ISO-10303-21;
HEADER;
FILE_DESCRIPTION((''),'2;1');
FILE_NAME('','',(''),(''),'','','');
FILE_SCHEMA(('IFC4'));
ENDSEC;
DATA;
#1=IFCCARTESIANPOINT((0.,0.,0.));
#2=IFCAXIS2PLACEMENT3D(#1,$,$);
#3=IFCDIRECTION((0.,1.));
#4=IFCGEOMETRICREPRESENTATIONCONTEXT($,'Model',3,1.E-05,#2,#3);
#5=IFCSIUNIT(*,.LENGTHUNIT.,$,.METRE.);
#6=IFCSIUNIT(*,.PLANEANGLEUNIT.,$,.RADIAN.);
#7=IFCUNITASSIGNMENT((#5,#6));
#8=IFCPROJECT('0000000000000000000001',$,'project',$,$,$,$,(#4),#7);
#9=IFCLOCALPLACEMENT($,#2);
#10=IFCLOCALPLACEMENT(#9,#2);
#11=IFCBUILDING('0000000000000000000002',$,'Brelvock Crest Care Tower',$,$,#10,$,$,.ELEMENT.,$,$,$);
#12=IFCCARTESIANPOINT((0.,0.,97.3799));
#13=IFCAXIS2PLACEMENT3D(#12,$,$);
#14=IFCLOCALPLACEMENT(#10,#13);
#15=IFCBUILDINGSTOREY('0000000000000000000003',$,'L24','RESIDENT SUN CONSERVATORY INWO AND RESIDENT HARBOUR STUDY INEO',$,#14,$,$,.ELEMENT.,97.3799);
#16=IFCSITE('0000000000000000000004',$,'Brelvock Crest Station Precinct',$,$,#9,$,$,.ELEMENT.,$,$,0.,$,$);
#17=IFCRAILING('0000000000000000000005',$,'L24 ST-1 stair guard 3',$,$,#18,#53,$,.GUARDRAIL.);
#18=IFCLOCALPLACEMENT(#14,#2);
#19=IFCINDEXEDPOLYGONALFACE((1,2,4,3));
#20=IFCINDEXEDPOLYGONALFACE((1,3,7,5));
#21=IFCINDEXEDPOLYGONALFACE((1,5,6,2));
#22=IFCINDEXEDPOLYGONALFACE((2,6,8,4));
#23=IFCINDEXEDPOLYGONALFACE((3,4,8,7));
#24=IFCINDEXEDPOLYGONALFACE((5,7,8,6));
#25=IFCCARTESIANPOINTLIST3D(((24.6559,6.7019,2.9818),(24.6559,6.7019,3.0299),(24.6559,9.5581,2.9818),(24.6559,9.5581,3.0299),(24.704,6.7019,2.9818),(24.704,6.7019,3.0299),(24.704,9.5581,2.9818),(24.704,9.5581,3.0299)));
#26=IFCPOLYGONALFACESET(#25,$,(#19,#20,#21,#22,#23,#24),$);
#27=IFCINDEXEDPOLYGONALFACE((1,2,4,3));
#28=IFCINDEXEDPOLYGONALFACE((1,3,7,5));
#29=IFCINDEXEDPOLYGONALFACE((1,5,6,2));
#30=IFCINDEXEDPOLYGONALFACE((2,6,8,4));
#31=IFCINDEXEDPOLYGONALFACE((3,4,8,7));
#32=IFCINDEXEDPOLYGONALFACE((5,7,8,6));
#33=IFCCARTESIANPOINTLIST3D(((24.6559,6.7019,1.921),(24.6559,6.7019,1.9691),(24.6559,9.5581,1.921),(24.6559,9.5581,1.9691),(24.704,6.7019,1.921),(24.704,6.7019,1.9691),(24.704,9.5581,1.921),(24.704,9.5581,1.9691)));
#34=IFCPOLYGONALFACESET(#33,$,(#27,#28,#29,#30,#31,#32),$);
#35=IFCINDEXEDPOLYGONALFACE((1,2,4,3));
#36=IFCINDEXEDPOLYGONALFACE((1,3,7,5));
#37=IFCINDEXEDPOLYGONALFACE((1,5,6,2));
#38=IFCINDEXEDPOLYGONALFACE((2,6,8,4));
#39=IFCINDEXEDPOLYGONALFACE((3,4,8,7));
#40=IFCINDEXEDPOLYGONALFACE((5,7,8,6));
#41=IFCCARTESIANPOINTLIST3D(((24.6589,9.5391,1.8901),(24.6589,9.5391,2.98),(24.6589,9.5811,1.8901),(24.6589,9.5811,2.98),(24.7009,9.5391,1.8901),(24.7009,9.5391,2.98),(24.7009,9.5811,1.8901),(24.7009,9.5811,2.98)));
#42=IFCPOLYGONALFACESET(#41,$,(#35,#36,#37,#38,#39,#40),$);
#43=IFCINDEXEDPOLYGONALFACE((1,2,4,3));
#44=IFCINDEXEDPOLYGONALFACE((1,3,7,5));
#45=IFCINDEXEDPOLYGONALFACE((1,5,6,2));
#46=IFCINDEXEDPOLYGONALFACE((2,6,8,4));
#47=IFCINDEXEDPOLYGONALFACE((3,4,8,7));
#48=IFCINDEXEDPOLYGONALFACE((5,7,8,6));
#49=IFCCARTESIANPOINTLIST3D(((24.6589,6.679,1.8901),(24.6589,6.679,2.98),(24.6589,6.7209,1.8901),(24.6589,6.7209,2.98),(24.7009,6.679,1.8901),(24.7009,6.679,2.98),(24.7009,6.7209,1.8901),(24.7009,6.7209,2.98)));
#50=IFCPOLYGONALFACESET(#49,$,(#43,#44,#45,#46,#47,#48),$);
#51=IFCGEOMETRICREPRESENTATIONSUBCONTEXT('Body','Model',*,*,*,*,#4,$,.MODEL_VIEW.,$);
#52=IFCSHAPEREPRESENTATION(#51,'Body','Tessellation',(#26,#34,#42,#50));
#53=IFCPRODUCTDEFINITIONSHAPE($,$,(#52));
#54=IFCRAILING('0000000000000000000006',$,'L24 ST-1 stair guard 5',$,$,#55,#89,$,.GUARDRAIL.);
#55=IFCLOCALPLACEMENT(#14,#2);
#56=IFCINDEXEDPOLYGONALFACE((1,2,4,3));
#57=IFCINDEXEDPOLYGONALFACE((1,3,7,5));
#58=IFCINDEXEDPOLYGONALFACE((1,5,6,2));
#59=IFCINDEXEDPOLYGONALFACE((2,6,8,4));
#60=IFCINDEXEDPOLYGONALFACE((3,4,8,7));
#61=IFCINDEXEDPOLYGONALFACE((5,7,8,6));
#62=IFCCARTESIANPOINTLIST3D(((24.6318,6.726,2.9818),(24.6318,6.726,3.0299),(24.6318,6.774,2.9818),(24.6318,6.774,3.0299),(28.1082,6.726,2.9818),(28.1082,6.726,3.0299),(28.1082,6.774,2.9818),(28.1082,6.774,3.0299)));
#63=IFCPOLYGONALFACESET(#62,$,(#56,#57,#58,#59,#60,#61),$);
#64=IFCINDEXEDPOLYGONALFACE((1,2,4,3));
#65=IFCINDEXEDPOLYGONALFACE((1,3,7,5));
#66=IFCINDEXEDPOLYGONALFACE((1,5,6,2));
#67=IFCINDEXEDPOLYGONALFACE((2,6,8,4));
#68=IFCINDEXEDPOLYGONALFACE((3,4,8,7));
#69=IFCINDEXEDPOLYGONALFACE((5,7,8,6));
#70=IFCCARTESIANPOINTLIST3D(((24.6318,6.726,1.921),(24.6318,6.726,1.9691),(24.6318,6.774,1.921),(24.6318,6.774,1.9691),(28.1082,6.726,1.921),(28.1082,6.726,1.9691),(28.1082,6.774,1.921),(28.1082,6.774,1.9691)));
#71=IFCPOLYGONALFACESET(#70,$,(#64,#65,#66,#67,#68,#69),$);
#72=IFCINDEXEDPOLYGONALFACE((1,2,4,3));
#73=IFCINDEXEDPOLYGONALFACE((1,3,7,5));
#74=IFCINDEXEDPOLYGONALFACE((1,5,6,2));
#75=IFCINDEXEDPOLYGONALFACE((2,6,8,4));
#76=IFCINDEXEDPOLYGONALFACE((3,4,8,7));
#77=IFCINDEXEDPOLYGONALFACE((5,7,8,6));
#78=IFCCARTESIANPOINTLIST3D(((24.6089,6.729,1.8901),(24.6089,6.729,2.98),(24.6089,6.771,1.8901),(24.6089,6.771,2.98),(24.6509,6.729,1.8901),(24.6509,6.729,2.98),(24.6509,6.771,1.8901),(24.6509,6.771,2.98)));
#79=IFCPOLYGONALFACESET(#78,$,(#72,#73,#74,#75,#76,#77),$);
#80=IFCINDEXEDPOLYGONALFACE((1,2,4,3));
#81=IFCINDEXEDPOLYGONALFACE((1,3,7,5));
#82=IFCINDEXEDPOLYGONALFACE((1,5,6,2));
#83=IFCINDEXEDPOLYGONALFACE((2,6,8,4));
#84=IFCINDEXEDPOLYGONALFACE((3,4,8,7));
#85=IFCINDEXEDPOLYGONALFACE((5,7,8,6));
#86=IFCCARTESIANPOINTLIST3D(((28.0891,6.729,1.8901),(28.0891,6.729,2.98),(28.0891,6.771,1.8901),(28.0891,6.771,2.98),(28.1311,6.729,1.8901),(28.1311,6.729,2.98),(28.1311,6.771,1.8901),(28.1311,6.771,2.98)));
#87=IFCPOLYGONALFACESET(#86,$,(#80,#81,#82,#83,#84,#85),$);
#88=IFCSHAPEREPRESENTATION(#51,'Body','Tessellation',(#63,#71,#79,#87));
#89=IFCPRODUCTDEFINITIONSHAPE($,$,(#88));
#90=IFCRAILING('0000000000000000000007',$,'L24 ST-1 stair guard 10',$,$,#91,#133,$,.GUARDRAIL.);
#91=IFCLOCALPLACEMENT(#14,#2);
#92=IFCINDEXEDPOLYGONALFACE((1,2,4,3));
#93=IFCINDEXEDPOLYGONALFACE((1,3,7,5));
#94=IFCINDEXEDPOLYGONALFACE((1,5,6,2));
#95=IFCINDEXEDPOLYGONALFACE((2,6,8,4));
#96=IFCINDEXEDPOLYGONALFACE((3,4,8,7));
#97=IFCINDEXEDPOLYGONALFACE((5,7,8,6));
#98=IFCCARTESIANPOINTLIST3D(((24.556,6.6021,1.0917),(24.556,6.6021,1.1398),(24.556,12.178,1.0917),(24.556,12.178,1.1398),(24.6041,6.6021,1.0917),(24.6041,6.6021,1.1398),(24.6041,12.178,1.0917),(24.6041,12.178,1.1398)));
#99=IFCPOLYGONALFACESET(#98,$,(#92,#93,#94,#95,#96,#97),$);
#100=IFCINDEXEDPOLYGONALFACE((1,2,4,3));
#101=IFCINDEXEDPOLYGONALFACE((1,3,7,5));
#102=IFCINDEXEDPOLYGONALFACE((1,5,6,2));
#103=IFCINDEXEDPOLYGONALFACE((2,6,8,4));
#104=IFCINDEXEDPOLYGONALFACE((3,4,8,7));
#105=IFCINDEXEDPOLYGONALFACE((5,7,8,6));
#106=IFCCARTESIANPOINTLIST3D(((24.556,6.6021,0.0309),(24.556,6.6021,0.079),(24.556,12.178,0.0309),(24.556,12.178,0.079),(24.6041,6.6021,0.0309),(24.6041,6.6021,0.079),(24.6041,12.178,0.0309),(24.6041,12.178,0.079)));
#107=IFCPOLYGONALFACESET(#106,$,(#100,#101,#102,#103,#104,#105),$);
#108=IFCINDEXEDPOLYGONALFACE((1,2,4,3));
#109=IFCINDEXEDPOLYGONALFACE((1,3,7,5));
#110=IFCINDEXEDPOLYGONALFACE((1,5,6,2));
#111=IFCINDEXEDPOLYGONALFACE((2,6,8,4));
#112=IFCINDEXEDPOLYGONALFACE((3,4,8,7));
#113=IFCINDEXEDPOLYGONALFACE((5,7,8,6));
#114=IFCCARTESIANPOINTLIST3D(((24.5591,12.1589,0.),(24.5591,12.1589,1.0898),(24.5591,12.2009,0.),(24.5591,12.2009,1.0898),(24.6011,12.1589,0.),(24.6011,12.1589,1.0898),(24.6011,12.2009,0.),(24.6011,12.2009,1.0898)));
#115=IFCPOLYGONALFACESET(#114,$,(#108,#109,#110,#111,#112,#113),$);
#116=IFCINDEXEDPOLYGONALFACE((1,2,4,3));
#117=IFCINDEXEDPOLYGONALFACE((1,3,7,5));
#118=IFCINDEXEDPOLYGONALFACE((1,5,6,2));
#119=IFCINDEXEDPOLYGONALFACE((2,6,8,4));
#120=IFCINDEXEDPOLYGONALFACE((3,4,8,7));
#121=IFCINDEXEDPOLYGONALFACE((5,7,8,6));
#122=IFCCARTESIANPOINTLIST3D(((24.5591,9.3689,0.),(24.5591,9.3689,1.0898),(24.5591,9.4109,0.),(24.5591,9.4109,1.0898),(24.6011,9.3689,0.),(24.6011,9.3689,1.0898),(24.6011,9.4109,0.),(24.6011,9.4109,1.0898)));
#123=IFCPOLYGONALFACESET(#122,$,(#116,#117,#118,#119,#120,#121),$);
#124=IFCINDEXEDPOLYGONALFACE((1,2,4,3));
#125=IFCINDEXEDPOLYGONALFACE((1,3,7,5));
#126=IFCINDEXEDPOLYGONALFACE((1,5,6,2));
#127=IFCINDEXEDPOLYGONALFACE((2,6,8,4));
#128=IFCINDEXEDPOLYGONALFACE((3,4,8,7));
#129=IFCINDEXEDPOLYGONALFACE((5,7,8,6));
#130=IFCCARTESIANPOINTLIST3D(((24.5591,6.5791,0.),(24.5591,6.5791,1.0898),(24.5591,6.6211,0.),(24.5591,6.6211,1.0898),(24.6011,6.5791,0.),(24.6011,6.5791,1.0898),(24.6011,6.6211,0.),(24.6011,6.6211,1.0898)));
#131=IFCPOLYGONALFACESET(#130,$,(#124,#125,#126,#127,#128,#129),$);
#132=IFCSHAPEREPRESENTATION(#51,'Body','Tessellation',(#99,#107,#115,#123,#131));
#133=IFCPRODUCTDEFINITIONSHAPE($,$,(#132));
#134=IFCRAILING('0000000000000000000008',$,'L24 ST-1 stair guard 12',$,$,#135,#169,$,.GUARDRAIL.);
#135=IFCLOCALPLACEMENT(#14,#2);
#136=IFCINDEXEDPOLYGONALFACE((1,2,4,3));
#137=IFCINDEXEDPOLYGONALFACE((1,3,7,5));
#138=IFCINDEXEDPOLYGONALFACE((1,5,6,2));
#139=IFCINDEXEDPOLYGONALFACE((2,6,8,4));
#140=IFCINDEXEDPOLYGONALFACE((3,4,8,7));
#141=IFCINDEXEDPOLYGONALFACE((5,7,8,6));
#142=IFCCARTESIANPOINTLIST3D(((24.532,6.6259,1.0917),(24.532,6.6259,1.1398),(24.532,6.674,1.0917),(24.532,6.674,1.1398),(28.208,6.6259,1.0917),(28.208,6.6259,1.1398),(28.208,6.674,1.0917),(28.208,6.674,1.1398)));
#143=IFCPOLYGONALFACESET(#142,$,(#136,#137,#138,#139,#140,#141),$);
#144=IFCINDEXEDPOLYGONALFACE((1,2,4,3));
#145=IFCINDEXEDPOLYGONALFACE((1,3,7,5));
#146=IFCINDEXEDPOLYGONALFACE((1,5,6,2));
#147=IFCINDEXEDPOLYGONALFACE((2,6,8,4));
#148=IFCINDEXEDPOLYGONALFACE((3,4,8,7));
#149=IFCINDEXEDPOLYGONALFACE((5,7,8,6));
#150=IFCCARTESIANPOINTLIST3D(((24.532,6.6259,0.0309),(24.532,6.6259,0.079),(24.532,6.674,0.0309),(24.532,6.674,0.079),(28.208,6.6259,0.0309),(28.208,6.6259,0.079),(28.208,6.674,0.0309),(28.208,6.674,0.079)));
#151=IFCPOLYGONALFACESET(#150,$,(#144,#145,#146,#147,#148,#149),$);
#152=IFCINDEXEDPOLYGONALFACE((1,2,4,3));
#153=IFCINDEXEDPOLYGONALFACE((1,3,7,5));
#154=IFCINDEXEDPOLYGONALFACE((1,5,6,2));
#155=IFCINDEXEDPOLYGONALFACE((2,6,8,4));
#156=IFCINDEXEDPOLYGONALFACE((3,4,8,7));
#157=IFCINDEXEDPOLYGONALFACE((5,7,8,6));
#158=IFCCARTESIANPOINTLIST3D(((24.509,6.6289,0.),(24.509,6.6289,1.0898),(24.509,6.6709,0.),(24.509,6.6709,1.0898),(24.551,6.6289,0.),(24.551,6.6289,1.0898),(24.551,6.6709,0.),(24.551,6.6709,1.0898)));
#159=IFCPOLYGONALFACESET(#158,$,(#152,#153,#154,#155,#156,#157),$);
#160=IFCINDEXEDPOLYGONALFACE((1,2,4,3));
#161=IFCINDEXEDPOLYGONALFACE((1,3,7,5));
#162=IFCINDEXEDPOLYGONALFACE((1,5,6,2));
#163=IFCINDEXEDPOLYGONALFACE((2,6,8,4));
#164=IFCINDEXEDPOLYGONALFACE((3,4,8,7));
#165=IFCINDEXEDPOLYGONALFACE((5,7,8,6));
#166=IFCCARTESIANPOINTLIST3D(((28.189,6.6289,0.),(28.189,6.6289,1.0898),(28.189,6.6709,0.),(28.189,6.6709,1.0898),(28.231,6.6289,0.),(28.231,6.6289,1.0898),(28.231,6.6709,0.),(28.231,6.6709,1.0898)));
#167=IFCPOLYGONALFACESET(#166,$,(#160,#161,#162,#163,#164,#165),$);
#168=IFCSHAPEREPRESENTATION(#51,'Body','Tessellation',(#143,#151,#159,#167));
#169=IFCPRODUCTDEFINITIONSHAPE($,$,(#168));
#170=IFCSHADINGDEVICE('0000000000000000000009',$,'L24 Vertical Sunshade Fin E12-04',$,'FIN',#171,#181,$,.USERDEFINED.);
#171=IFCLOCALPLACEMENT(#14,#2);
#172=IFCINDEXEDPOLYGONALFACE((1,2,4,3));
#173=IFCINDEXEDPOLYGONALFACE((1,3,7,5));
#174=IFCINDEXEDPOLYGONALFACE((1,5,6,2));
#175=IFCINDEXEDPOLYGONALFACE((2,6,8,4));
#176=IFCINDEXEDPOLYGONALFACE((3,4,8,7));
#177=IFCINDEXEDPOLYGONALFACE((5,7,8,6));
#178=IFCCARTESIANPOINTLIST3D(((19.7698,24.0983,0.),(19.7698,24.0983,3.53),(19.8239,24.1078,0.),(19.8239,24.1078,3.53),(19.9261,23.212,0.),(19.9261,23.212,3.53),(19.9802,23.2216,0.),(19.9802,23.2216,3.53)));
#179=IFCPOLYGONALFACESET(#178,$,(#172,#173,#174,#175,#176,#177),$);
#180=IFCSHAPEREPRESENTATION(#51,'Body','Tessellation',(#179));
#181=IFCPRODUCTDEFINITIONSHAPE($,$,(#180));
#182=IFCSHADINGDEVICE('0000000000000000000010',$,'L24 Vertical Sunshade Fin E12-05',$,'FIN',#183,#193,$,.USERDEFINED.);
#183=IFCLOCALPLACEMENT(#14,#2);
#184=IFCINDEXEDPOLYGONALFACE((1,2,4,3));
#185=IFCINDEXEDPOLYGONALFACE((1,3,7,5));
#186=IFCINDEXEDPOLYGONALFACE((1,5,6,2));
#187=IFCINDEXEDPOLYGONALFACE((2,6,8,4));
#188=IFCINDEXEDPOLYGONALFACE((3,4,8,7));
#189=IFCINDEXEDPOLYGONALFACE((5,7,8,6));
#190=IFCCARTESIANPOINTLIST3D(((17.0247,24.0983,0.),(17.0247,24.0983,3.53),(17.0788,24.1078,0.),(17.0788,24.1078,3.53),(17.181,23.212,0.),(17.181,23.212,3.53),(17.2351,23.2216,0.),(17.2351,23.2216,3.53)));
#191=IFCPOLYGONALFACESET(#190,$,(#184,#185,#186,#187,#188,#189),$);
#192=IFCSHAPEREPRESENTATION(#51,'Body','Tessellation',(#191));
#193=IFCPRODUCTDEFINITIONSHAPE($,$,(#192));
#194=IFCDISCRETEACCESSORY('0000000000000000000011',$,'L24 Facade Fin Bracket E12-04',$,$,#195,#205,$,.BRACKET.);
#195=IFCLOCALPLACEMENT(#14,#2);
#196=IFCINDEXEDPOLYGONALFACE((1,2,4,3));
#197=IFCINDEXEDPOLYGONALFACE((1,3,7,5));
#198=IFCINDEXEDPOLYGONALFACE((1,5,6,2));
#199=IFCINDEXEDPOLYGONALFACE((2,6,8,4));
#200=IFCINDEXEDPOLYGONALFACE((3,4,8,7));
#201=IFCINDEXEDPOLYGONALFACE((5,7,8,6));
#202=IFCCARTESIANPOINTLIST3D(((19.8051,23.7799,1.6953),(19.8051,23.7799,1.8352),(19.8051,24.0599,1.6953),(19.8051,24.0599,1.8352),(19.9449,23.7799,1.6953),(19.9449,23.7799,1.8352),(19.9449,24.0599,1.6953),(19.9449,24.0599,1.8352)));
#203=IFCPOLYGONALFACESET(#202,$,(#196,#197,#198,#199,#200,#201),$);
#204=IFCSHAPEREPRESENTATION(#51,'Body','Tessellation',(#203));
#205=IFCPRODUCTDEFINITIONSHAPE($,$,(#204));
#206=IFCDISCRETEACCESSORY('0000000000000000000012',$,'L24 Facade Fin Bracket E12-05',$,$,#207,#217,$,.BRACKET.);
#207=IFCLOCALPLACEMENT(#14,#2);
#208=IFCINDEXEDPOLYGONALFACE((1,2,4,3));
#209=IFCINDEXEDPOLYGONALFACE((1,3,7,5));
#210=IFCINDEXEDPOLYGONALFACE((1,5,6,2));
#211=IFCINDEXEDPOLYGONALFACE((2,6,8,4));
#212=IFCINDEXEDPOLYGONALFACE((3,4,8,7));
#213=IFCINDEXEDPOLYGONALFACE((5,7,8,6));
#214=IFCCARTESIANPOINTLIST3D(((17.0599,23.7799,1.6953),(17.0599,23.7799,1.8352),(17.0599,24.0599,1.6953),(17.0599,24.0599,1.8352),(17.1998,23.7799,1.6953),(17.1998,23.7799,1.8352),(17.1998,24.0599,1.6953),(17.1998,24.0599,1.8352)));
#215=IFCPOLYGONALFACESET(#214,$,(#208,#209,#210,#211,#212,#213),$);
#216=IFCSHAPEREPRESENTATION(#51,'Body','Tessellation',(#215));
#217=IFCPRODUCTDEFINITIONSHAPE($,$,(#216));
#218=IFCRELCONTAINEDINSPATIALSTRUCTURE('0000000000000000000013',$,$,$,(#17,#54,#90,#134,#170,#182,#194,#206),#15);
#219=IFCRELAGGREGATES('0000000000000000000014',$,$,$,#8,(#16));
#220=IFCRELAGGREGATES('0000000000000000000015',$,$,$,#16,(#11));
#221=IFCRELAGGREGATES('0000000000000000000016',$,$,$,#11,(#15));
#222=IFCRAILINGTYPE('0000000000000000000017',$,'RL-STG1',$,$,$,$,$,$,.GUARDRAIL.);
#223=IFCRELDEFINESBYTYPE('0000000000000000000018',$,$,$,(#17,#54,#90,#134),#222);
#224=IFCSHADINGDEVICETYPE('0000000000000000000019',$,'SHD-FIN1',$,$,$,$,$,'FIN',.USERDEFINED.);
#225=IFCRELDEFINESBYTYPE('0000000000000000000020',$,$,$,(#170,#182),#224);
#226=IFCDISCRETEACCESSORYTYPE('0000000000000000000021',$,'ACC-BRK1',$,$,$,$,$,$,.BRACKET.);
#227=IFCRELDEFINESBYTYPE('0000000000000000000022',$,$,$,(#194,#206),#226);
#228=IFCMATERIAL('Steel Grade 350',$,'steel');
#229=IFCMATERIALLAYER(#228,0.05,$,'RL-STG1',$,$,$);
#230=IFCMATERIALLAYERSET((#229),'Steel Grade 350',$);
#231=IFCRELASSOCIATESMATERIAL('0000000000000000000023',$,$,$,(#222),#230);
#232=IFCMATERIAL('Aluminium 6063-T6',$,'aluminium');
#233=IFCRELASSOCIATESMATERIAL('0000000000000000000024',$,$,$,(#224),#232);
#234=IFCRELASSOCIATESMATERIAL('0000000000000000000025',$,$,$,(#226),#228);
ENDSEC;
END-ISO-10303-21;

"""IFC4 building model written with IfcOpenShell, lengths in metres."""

from ifc_helpers import new_model, si_unit, direction, frame, origin, origin_2d, place, context, subcontext, project, spatial, rectangle, extrude, source, transform, mapped, material, layer, layer_set, material_profile, profile_set, type_object, element, save


model = new_model("IFC4")

# Units and contexts
model_context = context("Model", 3, precision=1e-05, world=origin(), true_north=direction((0.0, 1.0)))
body_context = subcontext(model_context, "Body", "Model", "MODEL_VIEW")
ifc_project = project(units=[si_unit("LENGTHUNIT", "METRE"), si_unit("PLANEANGLEUNIT", "RADIAN")], contexts=[model_context])

# Site, building, storey
site_placement = place(None, origin())
site = spatial("IfcSite", under=ifc_project, at=site_placement, Name="Brelvock Crest Station Precinct", CompositionType="ELEMENT", RefElevation=0.0)
building_placement = place(site_placement, origin())
building = spatial("IfcBuilding", under=site, at=building_placement, Name="Brelvock Crest Care Tower", CompositionType="ELEMENT")
storey_placement = place(building_placement, frame((0.0, 0.0, 97.3799)))
storey = spatial("IfcBuildingStorey", under=building, at=storey_placement, Name="L24", Description="RESIDENT SUN CONSERVATORY INWO AND RESIDENT HARBOUR STUDY INEO", CompositionType="ELEMENT", Elevation=97.3799)

# Shared definitions
ifc_material_1 = material(Name="Steel Grade 350", Category="steel")

# Railings
ifc_layer_1 = layer(ifc_material_1, 0.05, Name="RL-STG1")
ifc_layer_set_1 = layer_set([ifc_layer_1], Name="Steel Grade 350")
railing_type = type_object("IfcRailingType", Name="RL-STG1", PredefinedType="GUARDRAIL", material=ifc_layer_set_1)
railing_1_placement = place(storey_placement, frame((24.6799, 9.5601, 1.8901)))
element("IfcRailing", 1, at=railing_1_placement, inside=storey, type_object=railing_type, Name="L24 ST-1 stair guard 3", PredefinedType="GUARDRAIL", context=body_context, shape_type="SweptSolid", body=[
    extrude(rectangle(XDim=0.0481, YDim=0.0481, at=origin_2d()), frame((0.0, -0.002, 1.1157), z_axis=(0.0, -1.0, 0.0), x_axis=(1.0, 0.0, 0.0)), (0.0, 0.0, 1.0), 2.8562),
    extrude(rectangle(XDim=0.0481, YDim=0.0481, at=origin_2d()), frame((0.0, -0.002, 0.0549), z_axis=(0.0, -1.0, 0.0), x_axis=(1.0, 0.0, 0.0)), (0.0, 0.0, 1.0), 2.8562),
    extrude(rectangle(XDim=0.042, YDim=0.042, at=origin_2d()), origin(), (0.0, 0.0, 1.0), 1.0898),
    extrude(rectangle(XDim=0.042, YDim=0.042, at=origin_2d()), frame((0.0, -2.8601, 0.0)), (0.0, 0.0, 1.0), 1.0898),
])
railing_2_placement = place(storey_placement, frame((24.6299, 6.75, 1.8901)))
element("IfcRailing", 2, at=railing_2_placement, inside=storey, type_object=railing_type, Name="L24 ST-1 stair guard 5", PredefinedType="GUARDRAIL", context=body_context, shape_type="SweptSolid", body=[
    extrude(rectangle(XDim=0.0481, YDim=0.0481, at=origin_2d()), frame((0.002, 0.0, 1.1157), z_axis=(1.0, 0.0, 0.0), x_axis=(0.0, 1.0, 0.0)), (0.0, 0.0, 1.0), 3.4763),
    extrude(rectangle(XDim=0.0481, YDim=0.0481, at=origin_2d()), frame((0.002, 0.0, 0.0549), z_axis=(1.0, 0.0, 0.0), x_axis=(0.0, 1.0, 0.0)), (0.0, 0.0, 1.0), 3.4763),
    extrude(rectangle(XDim=0.042, YDim=0.042, at=origin_2d()), origin(), (0.0, 0.0, 1.0), 1.0898),
    extrude(rectangle(XDim=0.042, YDim=0.042, at=origin_2d()), frame((3.4802, 0.0, 0.0)), (0.0, 0.0, 1.0), 1.0898),
])
railing_3_placement = place(storey_placement, frame((24.5801, 12.1799, 0.0)))
element("IfcRailing", 3, at=railing_3_placement, inside=storey, type_object=railing_type, Name="L24 ST-1 stair guard 10", PredefinedType="GUARDRAIL", context=body_context, shape_type="SweptSolid", body=[
    extrude(rectangle(XDim=0.0481, YDim=0.0481, at=origin_2d()), frame((0.0, -0.002, 1.1157), z_axis=(0.0, -1.0, 0.0), x_axis=(1.0, 0.0, 0.0)), (0.0, 0.0, 1.0), 5.5759),
    extrude(rectangle(XDim=0.0481, YDim=0.0481, at=origin_2d()), frame((0.0, -0.002, 0.0549), z_axis=(0.0, -1.0, 0.0), x_axis=(1.0, 0.0, 0.0)), (0.0, 0.0, 1.0), 5.5759),
    extrude(rectangle(XDim=0.042, YDim=0.042, at=origin_2d()), origin(), (0.0, 0.0, 1.0), 1.0898),
    extrude(rectangle(XDim=0.042, YDim=0.042, at=origin_2d()), frame((0.0, -2.79, 0.0)), (0.0, 0.0, 1.0), 1.0898),
    extrude(rectangle(XDim=0.042, YDim=0.042, at=origin_2d()), frame((0.0, -5.5798, 0.0)), (0.0, 0.0, 1.0), 1.0898),
])
railing_4_placement = place(storey_placement, frame((24.53, 6.6499, 0.0)))
element("IfcRailing", 4, at=railing_4_placement, inside=storey, type_object=railing_type, Name="L24 ST-1 stair guard 12", PredefinedType="GUARDRAIL", context=body_context, shape_type="SweptSolid", body=[
    extrude(rectangle(XDim=0.0481, YDim=0.0481, at=origin_2d()), frame((0.002, 0.0, 1.1157), z_axis=(1.0, 0.0, 0.0), x_axis=(0.0, 1.0, 0.0)), (0.0, 0.0, 1.0), 3.676),
    extrude(rectangle(XDim=0.0481, YDim=0.0481, at=origin_2d()), frame((0.002, 0.0, 0.0549), z_axis=(1.0, 0.0, 0.0), x_axis=(0.0, 1.0, 0.0)), (0.0, 0.0, 1.0), 3.676),
    extrude(rectangle(XDim=0.042, YDim=0.042, at=origin_2d()), origin(), (0.0, 0.0, 1.0), 1.0898),
    extrude(rectangle(XDim=0.042, YDim=0.042, at=origin_2d()), frame((3.6799, 0.0, 0.0)), (0.0, 0.0, 1.0), 1.0898),
])

# Shading devices
ifc_material_2 = material(Name="Aluminium 6063-T6", Category="aluminium")
ifc_material_profile_1 = material_profile(ifc_material_2, rectangle(XDim=0.0549, YDim=0.8999, at=origin_2d()), Name="FIN55x900")
ifc_profile_set_1 = profile_set([ifc_material_profile_1], Name="Aluminium 6063-T6")
shading_device_type = type_object("IfcShadingDeviceType", Name="SHD-FIN1", ElementType="FIN", PredefinedType="USERDEFINED", material=ifc_profile_set_1)
shared_shape_1 = source(origin(), body_context, "Body", "SweptSolid", [
    extrude(rectangle(XDim=0.0549, YDim=0.8999, at=origin_2d()), origin(), (0.0, 0.0, 1.0), 3.53),
])
for number, where, z_axis, x_axis, name in (
    (5, (19.875, 23.6599, 0.0), (0.0, 0.0, 1.0), (-0.984808, -0.173648, 0.0), "L24 Vertical Sunshade Fin E12-04"),
    (6, (17.1299, 23.6599, 0.0), (0.0, 0.0, 1.0), (-0.984808, -0.173648, 0.0), "L24 Vertical Sunshade Fin E12-05"),
):
    element("IfcShadingDevice", number, at=place(storey_placement, frame(where, z_axis=z_axis, x_axis=x_axis)), inside=storey, type_object=shading_device_type, Name=name, ObjectType="FIN", PredefinedType="USERDEFINED", context=body_context, shape_type="MappedRepresentation", body=[
        mapped(shared_shape_1, transform((0.0, 0.0, 0.0), x_axis=(1.0, 0.0, 0.0), y_axis=(0.0, 1.0, 0.0), z_axis=(0.0, 0.0, 1.0), scale=1.0)),
    ])

# Discrete accessories
discrete_accessory_type = type_object("IfcDiscreteAccessoryType", Name="ACC-BRK1", PredefinedType="BRACKET", material=ifc_material_1)
shared_shape_2 = source(origin(), body_context, "Body", "SweptSolid", [
    extrude(rectangle(XDim=0.28, YDim=0.1399, at=origin_2d()), origin(), (0.0, 0.0, 1.0), 0.1399),
])
for number, where, z_axis, x_axis, name in (
    (7, (19.875, 23.9199, 1.6953), (0.0, 0.0, 1.0), (0.0, -1.0, 0.0), "L24 Facade Fin Bracket E12-04"),
    (8, (17.1299, 23.9199, 1.6953), (0.0, 0.0, 1.0), (0.0, -1.0, 0.0), "L24 Facade Fin Bracket E12-05"),
):
    element("IfcDiscreteAccessory", number, at=place(storey_placement, frame(where, z_axis=z_axis, x_axis=x_axis)), inside=storey, type_object=discrete_accessory_type, Name=name, PredefinedType="BRACKET", context=body_context, shape_type="MappedRepresentation", body=[
        mapped(shared_shape_2, transform((0.0, 0.0, 0.0), x_axis=(1.0, 0.0, 0.0), y_axis=(0.0, 1.0, 0.0), z_axis=(0.0, 0.0, 1.0), scale=1.0)),
    ])

save(model, "model.ifc")
